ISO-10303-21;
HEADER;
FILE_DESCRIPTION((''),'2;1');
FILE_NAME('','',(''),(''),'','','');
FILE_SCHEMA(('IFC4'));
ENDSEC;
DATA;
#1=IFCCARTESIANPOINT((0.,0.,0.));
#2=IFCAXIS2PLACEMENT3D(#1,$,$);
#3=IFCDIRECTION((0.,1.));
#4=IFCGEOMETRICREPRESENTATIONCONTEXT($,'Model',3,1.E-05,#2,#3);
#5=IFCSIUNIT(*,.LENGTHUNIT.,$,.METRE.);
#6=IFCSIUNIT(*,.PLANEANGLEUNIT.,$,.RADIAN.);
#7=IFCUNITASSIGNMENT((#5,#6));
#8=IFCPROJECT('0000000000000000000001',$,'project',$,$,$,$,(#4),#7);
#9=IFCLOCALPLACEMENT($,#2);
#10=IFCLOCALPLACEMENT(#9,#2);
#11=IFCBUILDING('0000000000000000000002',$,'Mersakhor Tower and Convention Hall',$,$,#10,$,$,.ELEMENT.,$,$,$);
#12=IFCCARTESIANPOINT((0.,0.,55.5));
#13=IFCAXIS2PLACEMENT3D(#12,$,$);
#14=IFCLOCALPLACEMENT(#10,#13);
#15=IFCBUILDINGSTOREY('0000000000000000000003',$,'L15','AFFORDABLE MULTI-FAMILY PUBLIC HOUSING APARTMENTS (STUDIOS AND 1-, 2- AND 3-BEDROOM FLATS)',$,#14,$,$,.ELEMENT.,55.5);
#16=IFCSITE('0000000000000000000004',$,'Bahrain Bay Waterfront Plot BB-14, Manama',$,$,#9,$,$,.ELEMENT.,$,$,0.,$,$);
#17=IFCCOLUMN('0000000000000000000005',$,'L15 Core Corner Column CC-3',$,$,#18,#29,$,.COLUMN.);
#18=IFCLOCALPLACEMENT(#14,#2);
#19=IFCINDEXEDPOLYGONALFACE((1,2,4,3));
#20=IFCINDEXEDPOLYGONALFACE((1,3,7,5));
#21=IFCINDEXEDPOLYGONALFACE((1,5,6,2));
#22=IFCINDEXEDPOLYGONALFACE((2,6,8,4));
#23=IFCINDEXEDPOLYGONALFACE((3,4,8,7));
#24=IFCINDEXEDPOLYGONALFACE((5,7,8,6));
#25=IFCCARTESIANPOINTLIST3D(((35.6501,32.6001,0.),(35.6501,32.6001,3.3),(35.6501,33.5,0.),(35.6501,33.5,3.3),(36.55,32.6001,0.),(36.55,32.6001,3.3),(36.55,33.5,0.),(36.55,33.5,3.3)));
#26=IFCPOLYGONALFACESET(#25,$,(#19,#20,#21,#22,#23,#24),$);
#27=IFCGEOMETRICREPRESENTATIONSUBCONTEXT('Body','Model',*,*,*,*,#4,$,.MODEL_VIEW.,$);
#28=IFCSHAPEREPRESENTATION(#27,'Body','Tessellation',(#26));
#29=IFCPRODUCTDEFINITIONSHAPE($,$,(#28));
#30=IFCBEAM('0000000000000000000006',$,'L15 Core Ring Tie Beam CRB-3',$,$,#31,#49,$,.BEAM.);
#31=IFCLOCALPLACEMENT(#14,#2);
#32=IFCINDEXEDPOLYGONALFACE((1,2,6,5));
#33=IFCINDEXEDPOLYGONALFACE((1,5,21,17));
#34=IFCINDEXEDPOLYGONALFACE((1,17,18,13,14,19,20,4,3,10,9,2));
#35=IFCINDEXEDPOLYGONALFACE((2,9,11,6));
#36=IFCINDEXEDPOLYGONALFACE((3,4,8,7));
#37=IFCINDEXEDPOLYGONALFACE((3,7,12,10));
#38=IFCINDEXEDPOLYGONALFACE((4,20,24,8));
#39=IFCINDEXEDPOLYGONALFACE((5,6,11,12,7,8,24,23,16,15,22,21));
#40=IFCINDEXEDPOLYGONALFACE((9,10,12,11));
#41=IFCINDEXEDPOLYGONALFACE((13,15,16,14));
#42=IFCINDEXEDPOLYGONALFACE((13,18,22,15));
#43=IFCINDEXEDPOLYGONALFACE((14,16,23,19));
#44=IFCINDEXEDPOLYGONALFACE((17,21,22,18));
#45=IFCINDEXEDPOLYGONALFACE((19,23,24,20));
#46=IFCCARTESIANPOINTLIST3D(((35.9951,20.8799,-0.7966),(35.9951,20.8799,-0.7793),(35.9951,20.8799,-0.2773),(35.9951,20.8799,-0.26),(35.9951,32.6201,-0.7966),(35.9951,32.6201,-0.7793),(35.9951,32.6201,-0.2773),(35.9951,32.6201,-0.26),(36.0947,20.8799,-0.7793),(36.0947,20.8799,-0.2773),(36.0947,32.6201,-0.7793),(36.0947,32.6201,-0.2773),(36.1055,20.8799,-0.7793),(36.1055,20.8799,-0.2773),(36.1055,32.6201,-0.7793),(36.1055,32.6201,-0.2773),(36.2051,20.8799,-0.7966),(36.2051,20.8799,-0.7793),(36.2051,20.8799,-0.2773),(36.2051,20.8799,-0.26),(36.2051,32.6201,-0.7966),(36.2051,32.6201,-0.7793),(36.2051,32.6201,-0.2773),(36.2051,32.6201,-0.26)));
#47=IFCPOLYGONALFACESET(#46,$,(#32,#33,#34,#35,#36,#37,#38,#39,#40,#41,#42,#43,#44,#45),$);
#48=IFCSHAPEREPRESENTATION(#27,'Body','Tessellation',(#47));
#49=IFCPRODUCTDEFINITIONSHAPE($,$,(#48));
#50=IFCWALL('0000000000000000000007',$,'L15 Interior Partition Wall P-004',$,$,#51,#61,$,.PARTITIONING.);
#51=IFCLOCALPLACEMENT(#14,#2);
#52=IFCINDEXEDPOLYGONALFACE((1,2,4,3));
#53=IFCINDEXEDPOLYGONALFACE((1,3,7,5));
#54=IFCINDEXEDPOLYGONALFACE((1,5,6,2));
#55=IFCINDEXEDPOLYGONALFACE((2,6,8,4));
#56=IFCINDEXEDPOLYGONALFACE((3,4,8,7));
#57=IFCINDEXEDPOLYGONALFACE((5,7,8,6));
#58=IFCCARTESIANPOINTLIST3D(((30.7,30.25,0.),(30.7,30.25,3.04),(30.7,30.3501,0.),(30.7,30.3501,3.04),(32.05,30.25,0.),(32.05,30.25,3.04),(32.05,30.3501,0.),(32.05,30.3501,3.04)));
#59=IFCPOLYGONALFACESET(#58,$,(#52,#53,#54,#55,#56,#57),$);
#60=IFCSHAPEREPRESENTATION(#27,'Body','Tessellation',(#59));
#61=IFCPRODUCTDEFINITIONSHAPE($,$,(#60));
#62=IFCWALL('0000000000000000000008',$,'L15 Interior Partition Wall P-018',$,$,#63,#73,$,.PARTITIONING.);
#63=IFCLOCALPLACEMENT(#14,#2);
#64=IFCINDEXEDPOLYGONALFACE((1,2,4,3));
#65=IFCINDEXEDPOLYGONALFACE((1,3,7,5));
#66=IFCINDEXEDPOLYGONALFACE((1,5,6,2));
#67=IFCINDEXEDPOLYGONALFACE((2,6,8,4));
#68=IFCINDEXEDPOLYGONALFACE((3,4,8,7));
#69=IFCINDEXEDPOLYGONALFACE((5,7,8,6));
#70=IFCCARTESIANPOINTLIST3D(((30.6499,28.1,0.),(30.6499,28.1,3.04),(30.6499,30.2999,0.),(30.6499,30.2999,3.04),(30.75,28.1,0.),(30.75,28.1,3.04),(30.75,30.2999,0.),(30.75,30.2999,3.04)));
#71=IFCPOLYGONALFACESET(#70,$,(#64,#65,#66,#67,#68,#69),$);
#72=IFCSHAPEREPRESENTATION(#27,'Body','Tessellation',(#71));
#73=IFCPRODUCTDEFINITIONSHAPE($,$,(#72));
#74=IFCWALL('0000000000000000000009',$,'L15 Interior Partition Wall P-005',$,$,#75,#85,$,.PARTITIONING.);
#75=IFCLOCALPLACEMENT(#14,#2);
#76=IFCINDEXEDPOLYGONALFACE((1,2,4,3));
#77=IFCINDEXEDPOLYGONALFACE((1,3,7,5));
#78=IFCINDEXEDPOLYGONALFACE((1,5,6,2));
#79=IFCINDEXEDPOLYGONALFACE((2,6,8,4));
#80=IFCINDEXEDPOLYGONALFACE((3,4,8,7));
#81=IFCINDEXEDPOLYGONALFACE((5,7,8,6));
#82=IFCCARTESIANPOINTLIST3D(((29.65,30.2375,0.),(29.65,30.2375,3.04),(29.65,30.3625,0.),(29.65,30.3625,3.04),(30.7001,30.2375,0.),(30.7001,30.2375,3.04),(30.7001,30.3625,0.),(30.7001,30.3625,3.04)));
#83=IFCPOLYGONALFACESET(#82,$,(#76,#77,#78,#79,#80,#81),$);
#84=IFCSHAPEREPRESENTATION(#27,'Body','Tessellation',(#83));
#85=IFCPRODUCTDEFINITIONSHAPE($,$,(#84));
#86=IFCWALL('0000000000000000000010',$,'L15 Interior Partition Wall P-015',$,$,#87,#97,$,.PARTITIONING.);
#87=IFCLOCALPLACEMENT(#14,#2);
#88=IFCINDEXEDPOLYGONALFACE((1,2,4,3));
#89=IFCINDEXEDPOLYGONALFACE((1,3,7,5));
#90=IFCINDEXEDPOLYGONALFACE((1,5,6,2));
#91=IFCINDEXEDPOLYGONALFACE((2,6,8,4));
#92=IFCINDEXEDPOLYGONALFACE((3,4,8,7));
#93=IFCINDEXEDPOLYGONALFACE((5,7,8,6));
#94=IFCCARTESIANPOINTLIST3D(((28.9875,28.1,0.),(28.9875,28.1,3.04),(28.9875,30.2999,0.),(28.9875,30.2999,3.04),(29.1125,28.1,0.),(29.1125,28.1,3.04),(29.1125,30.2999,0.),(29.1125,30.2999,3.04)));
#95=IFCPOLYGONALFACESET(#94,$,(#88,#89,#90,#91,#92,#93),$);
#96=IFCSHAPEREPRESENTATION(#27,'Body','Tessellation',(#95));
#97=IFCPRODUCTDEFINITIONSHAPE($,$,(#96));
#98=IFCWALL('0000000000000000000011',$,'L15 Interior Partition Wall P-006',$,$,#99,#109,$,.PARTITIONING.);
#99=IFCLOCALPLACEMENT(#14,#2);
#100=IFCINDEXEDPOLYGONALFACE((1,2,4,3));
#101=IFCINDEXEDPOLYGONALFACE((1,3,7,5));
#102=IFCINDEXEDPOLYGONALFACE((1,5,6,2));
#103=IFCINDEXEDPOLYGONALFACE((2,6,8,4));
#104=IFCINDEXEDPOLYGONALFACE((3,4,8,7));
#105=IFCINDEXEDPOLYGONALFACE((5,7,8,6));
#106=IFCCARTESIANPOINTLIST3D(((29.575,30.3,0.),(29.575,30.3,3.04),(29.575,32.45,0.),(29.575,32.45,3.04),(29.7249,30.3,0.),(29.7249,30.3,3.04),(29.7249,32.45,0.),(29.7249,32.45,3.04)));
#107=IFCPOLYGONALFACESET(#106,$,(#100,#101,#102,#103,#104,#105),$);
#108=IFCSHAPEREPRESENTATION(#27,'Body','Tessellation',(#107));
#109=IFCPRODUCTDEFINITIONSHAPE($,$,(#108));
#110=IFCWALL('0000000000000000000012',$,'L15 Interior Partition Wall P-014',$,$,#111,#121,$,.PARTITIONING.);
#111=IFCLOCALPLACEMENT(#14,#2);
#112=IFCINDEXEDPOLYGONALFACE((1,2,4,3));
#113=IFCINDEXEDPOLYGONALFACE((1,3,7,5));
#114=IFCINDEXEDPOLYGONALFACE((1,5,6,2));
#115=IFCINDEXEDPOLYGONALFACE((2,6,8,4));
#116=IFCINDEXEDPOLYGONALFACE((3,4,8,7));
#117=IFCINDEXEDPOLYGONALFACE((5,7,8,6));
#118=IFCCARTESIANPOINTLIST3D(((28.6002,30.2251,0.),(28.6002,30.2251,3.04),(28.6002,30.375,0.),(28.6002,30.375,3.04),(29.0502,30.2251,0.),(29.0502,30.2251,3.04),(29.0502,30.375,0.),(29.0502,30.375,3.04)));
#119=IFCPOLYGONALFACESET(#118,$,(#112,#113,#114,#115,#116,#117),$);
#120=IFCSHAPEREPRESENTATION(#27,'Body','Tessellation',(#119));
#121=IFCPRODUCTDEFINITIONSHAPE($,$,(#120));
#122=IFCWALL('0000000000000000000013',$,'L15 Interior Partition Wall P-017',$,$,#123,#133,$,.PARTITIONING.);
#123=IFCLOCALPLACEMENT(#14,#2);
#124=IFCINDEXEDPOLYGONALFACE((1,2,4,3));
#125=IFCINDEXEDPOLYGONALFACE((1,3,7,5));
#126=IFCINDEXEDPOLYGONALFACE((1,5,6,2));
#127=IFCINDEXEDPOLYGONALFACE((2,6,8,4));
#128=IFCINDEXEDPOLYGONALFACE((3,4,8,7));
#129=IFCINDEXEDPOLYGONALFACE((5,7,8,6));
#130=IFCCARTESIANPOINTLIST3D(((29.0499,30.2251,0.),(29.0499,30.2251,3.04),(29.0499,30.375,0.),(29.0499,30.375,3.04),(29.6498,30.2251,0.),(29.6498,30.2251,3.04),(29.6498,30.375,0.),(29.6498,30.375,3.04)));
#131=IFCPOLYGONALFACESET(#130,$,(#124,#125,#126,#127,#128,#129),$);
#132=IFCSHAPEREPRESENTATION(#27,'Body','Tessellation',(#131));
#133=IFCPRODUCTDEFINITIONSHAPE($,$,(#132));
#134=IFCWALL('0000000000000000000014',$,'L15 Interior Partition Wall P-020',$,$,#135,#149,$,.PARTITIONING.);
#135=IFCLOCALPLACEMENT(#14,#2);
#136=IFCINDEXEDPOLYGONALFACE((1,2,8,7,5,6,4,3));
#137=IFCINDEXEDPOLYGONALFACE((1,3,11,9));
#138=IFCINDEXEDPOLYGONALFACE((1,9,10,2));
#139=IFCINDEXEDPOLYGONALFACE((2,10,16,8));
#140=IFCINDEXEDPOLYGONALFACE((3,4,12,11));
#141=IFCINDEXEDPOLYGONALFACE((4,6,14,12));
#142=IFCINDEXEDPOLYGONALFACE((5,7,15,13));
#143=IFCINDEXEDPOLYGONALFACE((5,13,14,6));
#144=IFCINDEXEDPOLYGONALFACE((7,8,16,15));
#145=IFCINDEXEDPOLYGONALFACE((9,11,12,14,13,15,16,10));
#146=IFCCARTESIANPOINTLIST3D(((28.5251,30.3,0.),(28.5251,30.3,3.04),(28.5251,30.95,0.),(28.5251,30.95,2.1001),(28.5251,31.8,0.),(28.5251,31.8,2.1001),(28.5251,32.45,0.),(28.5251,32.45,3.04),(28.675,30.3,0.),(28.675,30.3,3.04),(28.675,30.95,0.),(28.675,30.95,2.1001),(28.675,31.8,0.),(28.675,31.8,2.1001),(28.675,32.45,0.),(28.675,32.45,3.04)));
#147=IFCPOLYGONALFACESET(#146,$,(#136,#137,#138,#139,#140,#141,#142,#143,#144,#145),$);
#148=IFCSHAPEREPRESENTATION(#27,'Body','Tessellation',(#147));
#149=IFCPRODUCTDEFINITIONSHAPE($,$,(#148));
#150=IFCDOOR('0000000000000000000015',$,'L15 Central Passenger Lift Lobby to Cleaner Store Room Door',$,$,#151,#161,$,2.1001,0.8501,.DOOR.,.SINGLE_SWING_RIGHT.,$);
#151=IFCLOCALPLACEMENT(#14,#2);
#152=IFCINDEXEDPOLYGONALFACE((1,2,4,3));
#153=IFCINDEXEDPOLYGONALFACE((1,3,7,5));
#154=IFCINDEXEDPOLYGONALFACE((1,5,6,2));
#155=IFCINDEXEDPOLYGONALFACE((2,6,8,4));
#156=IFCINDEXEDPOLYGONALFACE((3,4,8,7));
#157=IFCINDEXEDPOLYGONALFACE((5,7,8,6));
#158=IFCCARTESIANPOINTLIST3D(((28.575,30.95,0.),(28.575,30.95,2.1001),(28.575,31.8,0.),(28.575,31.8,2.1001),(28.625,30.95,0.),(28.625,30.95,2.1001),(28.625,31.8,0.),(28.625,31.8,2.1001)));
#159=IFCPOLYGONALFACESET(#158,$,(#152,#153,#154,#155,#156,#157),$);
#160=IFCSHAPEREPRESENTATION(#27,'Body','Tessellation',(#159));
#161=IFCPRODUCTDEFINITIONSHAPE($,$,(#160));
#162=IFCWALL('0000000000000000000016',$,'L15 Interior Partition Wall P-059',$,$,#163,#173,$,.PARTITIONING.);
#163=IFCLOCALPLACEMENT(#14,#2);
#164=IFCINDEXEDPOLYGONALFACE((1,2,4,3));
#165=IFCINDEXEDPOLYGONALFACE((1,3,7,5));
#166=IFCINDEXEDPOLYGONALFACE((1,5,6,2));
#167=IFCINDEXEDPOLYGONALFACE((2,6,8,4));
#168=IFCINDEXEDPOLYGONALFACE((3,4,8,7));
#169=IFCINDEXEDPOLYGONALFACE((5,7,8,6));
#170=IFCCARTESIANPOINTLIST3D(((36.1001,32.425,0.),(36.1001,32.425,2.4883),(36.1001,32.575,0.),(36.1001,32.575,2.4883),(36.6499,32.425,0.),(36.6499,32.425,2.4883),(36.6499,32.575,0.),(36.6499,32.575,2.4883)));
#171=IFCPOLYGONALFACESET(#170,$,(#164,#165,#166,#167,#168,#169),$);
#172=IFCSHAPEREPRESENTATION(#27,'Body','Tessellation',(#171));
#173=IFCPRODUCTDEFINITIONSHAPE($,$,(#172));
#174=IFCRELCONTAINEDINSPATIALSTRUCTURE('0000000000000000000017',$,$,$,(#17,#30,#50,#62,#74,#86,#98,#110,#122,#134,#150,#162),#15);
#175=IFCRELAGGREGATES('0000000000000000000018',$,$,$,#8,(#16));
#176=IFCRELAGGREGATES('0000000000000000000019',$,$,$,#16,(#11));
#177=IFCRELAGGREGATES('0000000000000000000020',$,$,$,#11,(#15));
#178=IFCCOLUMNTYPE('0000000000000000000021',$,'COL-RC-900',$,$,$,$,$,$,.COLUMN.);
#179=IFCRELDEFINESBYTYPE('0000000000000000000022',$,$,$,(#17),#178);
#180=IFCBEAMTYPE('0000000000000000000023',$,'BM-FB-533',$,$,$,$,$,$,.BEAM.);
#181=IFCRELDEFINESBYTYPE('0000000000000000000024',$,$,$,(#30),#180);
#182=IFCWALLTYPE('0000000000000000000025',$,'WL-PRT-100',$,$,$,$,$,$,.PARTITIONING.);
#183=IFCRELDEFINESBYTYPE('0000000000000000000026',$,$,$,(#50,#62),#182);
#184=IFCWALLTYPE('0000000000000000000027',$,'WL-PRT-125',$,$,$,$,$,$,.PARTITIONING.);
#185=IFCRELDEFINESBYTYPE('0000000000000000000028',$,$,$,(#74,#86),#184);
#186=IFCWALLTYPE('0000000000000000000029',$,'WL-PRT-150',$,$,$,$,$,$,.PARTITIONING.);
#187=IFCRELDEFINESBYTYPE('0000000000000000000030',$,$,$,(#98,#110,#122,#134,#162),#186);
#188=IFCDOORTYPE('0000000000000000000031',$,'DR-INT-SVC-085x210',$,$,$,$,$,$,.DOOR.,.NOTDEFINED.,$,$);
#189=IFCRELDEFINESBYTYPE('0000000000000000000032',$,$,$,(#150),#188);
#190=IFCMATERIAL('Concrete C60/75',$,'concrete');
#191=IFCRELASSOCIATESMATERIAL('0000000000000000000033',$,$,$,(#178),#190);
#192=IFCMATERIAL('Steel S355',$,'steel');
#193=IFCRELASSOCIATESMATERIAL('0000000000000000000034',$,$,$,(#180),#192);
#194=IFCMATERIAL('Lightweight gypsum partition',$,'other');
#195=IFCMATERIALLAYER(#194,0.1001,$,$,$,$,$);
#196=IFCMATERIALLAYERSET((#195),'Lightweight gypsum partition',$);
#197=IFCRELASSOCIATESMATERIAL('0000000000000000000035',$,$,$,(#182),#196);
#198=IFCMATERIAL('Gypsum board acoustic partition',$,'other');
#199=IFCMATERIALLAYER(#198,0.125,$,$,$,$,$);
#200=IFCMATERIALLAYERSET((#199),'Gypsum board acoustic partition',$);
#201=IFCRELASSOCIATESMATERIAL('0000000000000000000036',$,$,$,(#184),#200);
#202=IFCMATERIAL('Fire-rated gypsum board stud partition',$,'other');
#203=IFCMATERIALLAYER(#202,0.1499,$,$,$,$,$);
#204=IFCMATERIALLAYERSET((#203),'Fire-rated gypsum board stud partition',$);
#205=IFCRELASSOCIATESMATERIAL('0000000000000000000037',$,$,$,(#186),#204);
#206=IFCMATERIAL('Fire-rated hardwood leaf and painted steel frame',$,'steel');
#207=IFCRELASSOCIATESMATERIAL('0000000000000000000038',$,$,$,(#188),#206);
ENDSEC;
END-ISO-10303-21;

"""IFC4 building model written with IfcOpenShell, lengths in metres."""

from ifc_helpers import new_model, si_unit, direction, frame, frame_2d, origin, origin_2d, place, context, subcontext, project, spatial, rectangle, i_section, extrude, material, layer, layer_set, material_profile, profile_set, type_object, element, fill, save


model = new_model("IFC4")

# Units and contexts
model_context = context("Model", 3, precision=1e-05, world=origin(), true_north=direction((0.0, 1.0)))
body_context = subcontext(model_context, "Body", "Model", "MODEL_VIEW")
ifc_project = project(units=[si_unit("LENGTHUNIT", "METRE"), si_unit("PLANEANGLEUNIT", "RADIAN")], contexts=[model_context])

# Site, building, storey
site_placement = place(None, origin())
site = spatial("IfcSite", under=ifc_project, at=site_placement, Name="Bahrain Bay Waterfront Plot BB-14, Manama", CompositionType="ELEMENT", RefElevation=0.0)
building_placement = place(site_placement, origin())
building = spatial("IfcBuilding", under=site, at=building_placement, Name="Mersakhor Tower and Convention Hall", CompositionType="ELEMENT")
storey_placement = place(building_placement, frame((0.0, 0.0, 55.5)))
storey = spatial("IfcBuildingStorey", under=building, at=storey_placement, Name="L15", Description="AFFORDABLE MULTI-FAMILY PUBLIC HOUSING APARTMENTS (STUDIOS AND 1-, 2- AND 3-BEDROOM FLATS)", CompositionType="ELEMENT", Elevation=55.5)

# Column
ifc_material_1 = material(Name="Concrete C60/75", Category="concrete")
ifc_material_profile_1 = material_profile(ifc_material_1, rectangle(XDim=0.8999, YDim=0.8999, at=origin_2d()), Name="RC 900x900")
ifc_profile_set_1 = profile_set([ifc_material_profile_1], Name="Concrete C60/75")
column_type = type_object("IfcColumnType", Name="COL-RC-900", PredefinedType="COLUMN", material=ifc_profile_set_1)
column_placement = place(storey_placement, frame((36.1001, 33.05, 0.0), z_axis=(0.0, 0.0, 1.0), x_axis=(1.0, 0.0, 0.0)))
element("IfcColumn", 1, at=column_placement, inside=storey, type_object=column_type, Name="L15 Core Corner Column CC-3", PredefinedType="COLUMN", context=body_context, shape_type="SweptSolid", body=[
    extrude(rectangle(XDim=0.8999, YDim=0.8999, at=origin_2d()), origin(), (0.0, 0.0, 1.0), 3.3),
])

# Beam
ifc_material_2 = material(Name="Steel S355", Category="steel")
ifc_material_profile_2 = material_profile(ifc_material_2, i_section(OverallWidth=0.21, OverallDepth=0.5366, WebThickness=0.0107, FlangeThickness=0.0173, at=origin_2d()), Name="UB 533x210x101")
ifc_profile_set_2 = profile_set([ifc_material_profile_2], Name="Steel S355")
beam_type = type_object("IfcBeamType", Name="BM-FB-533", PredefinedType="BEAM", material=ifc_profile_set_2)
beam_placement = place(storey_placement, frame((36.1001, 32.6201, -0.5283), z_axis=(0.0, -1.0, 0.0), x_axis=(1.0, 0.0, 0.0)))
element("IfcBeam", 2, at=beam_placement, inside=storey, type_object=beam_type, Name="L15 Core Ring Tie Beam CRB-3", PredefinedType="BEAM", context=body_context, shape_type="SweptSolid", body=[
    extrude(i_section(OverallWidth=0.21, OverallDepth=0.5366, WebThickness=0.0107, FlangeThickness=0.0173, at=origin_2d()), origin(), (0.0, 0.0, 1.0), 11.7402),
])

# Walls
ifc_material_3 = material(Name="Lightweight gypsum partition", Category="other")
ifc_layer_1 = layer(ifc_material_3, 0.1001)
ifc_layer_set_1 = layer_set([ifc_layer_1], Name="Lightweight gypsum partition")
wall_type_1 = type_object("IfcWallType", Name="WL-PRT-100", PredefinedType="PARTITIONING", material=ifc_layer_set_1)
wall_1_placement = place(storey_placement, frame((32.05, 30.3, 0.0), z_axis=(0.0, 0.0, 1.0), x_axis=(-1.0, 0.0, 0.0)))
element("IfcWall", 3, at=wall_1_placement, inside=storey, type_object=wall_type_1, Name="L15 Interior Partition Wall P-004", PredefinedType="PARTITIONING", context=body_context, shape_type="SweptSolid", body=[
    extrude(rectangle(XDim=1.3501, YDim=0.1001, at=frame_2d((0.675, 0.0))), origin(), (0.0, 0.0, 1.0), 3.04),
])
wall_2_placement = place(storey_placement, frame((30.7, 30.3, 0.0), z_axis=(0.0, 0.0, 1.0), x_axis=(0.0, -1.0, 0.0)))
element("IfcWall", 4, at=wall_2_placement, inside=storey, type_object=wall_type_1, Name="L15 Interior Partition Wall P-018", PredefinedType="PARTITIONING", context=body_context, shape_type="SweptSolid", body=[
    extrude(rectangle(XDim=2.2, YDim=0.1001, at=frame_2d((1.1001, 0.0))), origin(), (0.0, 0.0, 1.0), 3.04),
])
ifc_material_4 = material(Name="Gypsum board acoustic partition", Category="other")
ifc_layer_2 = layer(ifc_material_4, 0.125)
ifc_layer_set_2 = layer_set([ifc_layer_2], Name="Gypsum board acoustic partition")
wall_type_2 = type_object("IfcWallType", Name="WL-PRT-125", PredefinedType="PARTITIONING", material=ifc_layer_set_2)
wall_3_placement = place(storey_placement, frame((30.7, 30.3, 0.0), z_axis=(0.0, 0.0, 1.0), x_axis=(-1.0, 0.0, 0.0)))
element("IfcWall", 5, at=wall_3_placement, inside=storey, type_object=wall_type_2, Name="L15 Interior Partition Wall P-005", PredefinedType="PARTITIONING", context=body_context, shape_type="SweptSolid", body=[
    extrude(rectangle(XDim=1.05, YDim=0.125, at=frame_2d((0.5249, 0.0))), origin(), (0.0, 0.0, 1.0), 3.04),
])
wall_4_placement = place(storey_placement, frame((29.05, 30.3, 0.0), z_axis=(0.0, 0.0, 1.0), x_axis=(0.0, -1.0, 0.0)))
element("IfcWall", 6, at=wall_4_placement, inside=storey, type_object=wall_type_2, Name="L15 Interior Partition Wall P-015", PredefinedType="PARTITIONING", context=body_context, shape_type="SweptSolid", body=[
    extrude(rectangle(XDim=2.2, YDim=0.125, at=frame_2d((1.1001, 0.0))), origin(), (0.0, 0.0, 1.0), 3.04),
])
ifc_material_5 = material(Name="Fire-rated gypsum board stud partition", Category="other")
ifc_layer_3 = layer(ifc_material_5, 0.1499)
ifc_layer_set_3 = layer_set([ifc_layer_3], Name="Fire-rated gypsum board stud partition")
wall_type_3 = type_object("IfcWallType", Name="WL-PRT-150", PredefinedType="PARTITIONING", material=ifc_layer_set_3)
wall_5_placement = place(storey_placement, frame((29.6499, 30.3, 0.0), z_axis=(0.0, 0.0, 1.0), x_axis=(0.0, 1.0, 0.0)))
element("IfcWall", 7, at=wall_5_placement, inside=storey, type_object=wall_type_3, Name="L15 Interior Partition Wall P-006", PredefinedType="PARTITIONING", context=body_context, shape_type="SweptSolid", body=[
    extrude(rectangle(XDim=2.1499, YDim=0.1499, at=frame_2d((1.075, 0.0))), origin(), (0.0, 0.0, 1.0), 3.04),
])
wall_6_placement = place(storey_placement, frame((28.6001, 30.3, 0.0), z_axis=(0.0, 0.0, 1.0), x_axis=(1.0, 0.0, 0.0)))
element("IfcWall", 8, at=wall_6_placement, inside=storey, type_object=wall_type_3, Name="L15 Interior Partition Wall P-014", PredefinedType="PARTITIONING", context=body_context, shape_type="SweptSolid", body=[
    extrude(rectangle(XDim=0.45, YDim=0.1499, at=frame_2d((0.2251, 0.0))), origin(), (0.0, 0.0, 1.0), 3.04),
])
wall_7_placement = place(storey_placement, frame((29.05, 30.3, 0.0), z_axis=(0.0, 0.0, 1.0), x_axis=(1.0, 0.0, 0.0)))
element("IfcWall", 9, at=wall_7_placement, inside=storey, type_object=wall_type_3, Name="L15 Interior Partition Wall P-017", PredefinedType="PARTITIONING", context=body_context, shape_type="SweptSolid", body=[
    extrude(rectangle(XDim=0.5999, YDim=0.1499, at=frame_2d((0.2998, 0.0))), origin(), (0.0, 0.0, 1.0), 3.04),
])

# Wall, opening, door
wall_8_placement = place(storey_placement, frame((28.6001, 32.45, 0.0), z_axis=(0.0, 0.0, 1.0), x_axis=(0.0, -1.0, 0.0)))
wall_8 = element("IfcWall", 10, at=wall_8_placement, inside=storey, type_object=wall_type_3, Name="L15 Interior Partition Wall P-020", PredefinedType="PARTITIONING", context=body_context, shape_type="SweptSolid", body=[
    extrude(rectangle(XDim=2.1499, YDim=0.1499, at=frame_2d((1.075, 0.0))), origin(), (0.0, 0.0, 1.0), 3.04),
])
opening_1_placement = place(wall_8_placement, frame((0.6499, 0.0, 0.0)))
opening_1 = element("IfcOpeningElement", 11, at=opening_1_placement, cuts=wall_8, PredefinedType="OPENING", context=body_context, shape_type="SweptSolid", body=[
    extrude(rectangle(XDim=0.8501, YDim=2.1001, at=frame_2d((0.425, 1.05))), frame((0.0, 0.085, 0.0), z_axis=(0.0, -1.0, 0.0), x_axis=(1.0, 0.0, 0.0)), (0.0, 0.0, 1.0), 0.1699),
])
ifc_material_6 = material(Name="Fire-rated hardwood leaf and painted steel frame", Category="steel")
door_type_1 = type_object("IfcDoorType", Name="DR-INT-SVC-085x210", OperationType="NOTDEFINED", PredefinedType="DOOR", material=ifc_material_6)
door_1_placement = place(opening_1_placement, origin())
door_1 = element("IfcDoor", 12, at=door_1_placement, inside=storey, type_object=door_type_1, Name="L15 Central Passenger Lift Lobby to Cleaner Store Room Door", OperationType="SINGLE_SWING_RIGHT", OverallHeight=2.1001, OverallWidth=0.8501, PredefinedType="DOOR", context=body_context, shape_type="SweptSolid", body=[
    extrude(rectangle(XDim=0.8501, YDim=2.1001, at=frame_2d((0.425, 1.05))), frame((0.0, 0.0249, 0.0), z_axis=(0.0, -1.0, 0.0), x_axis=(1.0, 0.0, 0.0)), (0.0, 0.0, 1.0), 0.05),
])
fill(opening_1, door_1)

# Wall
wall_9_placement = place(storey_placement, frame((36.1001, 32.5, 0.0), z_axis=(0.0, 0.0, 1.0), x_axis=(1.0, 0.0, 0.0)))
element("IfcWall", 13, at=wall_9_placement, inside=storey, type_object=wall_type_3, Name="L15 Interior Partition Wall P-059", PredefinedType="PARTITIONING", context=body_context, shape_type="SweptSolid", body=[
    extrude(rectangle(XDim=0.5498, YDim=0.1499, at=frame_2d((0.2749, 0.0))), origin(), (0.0, 0.0, 1.0), 2.4883),
])

save(model, "model.ifc")
